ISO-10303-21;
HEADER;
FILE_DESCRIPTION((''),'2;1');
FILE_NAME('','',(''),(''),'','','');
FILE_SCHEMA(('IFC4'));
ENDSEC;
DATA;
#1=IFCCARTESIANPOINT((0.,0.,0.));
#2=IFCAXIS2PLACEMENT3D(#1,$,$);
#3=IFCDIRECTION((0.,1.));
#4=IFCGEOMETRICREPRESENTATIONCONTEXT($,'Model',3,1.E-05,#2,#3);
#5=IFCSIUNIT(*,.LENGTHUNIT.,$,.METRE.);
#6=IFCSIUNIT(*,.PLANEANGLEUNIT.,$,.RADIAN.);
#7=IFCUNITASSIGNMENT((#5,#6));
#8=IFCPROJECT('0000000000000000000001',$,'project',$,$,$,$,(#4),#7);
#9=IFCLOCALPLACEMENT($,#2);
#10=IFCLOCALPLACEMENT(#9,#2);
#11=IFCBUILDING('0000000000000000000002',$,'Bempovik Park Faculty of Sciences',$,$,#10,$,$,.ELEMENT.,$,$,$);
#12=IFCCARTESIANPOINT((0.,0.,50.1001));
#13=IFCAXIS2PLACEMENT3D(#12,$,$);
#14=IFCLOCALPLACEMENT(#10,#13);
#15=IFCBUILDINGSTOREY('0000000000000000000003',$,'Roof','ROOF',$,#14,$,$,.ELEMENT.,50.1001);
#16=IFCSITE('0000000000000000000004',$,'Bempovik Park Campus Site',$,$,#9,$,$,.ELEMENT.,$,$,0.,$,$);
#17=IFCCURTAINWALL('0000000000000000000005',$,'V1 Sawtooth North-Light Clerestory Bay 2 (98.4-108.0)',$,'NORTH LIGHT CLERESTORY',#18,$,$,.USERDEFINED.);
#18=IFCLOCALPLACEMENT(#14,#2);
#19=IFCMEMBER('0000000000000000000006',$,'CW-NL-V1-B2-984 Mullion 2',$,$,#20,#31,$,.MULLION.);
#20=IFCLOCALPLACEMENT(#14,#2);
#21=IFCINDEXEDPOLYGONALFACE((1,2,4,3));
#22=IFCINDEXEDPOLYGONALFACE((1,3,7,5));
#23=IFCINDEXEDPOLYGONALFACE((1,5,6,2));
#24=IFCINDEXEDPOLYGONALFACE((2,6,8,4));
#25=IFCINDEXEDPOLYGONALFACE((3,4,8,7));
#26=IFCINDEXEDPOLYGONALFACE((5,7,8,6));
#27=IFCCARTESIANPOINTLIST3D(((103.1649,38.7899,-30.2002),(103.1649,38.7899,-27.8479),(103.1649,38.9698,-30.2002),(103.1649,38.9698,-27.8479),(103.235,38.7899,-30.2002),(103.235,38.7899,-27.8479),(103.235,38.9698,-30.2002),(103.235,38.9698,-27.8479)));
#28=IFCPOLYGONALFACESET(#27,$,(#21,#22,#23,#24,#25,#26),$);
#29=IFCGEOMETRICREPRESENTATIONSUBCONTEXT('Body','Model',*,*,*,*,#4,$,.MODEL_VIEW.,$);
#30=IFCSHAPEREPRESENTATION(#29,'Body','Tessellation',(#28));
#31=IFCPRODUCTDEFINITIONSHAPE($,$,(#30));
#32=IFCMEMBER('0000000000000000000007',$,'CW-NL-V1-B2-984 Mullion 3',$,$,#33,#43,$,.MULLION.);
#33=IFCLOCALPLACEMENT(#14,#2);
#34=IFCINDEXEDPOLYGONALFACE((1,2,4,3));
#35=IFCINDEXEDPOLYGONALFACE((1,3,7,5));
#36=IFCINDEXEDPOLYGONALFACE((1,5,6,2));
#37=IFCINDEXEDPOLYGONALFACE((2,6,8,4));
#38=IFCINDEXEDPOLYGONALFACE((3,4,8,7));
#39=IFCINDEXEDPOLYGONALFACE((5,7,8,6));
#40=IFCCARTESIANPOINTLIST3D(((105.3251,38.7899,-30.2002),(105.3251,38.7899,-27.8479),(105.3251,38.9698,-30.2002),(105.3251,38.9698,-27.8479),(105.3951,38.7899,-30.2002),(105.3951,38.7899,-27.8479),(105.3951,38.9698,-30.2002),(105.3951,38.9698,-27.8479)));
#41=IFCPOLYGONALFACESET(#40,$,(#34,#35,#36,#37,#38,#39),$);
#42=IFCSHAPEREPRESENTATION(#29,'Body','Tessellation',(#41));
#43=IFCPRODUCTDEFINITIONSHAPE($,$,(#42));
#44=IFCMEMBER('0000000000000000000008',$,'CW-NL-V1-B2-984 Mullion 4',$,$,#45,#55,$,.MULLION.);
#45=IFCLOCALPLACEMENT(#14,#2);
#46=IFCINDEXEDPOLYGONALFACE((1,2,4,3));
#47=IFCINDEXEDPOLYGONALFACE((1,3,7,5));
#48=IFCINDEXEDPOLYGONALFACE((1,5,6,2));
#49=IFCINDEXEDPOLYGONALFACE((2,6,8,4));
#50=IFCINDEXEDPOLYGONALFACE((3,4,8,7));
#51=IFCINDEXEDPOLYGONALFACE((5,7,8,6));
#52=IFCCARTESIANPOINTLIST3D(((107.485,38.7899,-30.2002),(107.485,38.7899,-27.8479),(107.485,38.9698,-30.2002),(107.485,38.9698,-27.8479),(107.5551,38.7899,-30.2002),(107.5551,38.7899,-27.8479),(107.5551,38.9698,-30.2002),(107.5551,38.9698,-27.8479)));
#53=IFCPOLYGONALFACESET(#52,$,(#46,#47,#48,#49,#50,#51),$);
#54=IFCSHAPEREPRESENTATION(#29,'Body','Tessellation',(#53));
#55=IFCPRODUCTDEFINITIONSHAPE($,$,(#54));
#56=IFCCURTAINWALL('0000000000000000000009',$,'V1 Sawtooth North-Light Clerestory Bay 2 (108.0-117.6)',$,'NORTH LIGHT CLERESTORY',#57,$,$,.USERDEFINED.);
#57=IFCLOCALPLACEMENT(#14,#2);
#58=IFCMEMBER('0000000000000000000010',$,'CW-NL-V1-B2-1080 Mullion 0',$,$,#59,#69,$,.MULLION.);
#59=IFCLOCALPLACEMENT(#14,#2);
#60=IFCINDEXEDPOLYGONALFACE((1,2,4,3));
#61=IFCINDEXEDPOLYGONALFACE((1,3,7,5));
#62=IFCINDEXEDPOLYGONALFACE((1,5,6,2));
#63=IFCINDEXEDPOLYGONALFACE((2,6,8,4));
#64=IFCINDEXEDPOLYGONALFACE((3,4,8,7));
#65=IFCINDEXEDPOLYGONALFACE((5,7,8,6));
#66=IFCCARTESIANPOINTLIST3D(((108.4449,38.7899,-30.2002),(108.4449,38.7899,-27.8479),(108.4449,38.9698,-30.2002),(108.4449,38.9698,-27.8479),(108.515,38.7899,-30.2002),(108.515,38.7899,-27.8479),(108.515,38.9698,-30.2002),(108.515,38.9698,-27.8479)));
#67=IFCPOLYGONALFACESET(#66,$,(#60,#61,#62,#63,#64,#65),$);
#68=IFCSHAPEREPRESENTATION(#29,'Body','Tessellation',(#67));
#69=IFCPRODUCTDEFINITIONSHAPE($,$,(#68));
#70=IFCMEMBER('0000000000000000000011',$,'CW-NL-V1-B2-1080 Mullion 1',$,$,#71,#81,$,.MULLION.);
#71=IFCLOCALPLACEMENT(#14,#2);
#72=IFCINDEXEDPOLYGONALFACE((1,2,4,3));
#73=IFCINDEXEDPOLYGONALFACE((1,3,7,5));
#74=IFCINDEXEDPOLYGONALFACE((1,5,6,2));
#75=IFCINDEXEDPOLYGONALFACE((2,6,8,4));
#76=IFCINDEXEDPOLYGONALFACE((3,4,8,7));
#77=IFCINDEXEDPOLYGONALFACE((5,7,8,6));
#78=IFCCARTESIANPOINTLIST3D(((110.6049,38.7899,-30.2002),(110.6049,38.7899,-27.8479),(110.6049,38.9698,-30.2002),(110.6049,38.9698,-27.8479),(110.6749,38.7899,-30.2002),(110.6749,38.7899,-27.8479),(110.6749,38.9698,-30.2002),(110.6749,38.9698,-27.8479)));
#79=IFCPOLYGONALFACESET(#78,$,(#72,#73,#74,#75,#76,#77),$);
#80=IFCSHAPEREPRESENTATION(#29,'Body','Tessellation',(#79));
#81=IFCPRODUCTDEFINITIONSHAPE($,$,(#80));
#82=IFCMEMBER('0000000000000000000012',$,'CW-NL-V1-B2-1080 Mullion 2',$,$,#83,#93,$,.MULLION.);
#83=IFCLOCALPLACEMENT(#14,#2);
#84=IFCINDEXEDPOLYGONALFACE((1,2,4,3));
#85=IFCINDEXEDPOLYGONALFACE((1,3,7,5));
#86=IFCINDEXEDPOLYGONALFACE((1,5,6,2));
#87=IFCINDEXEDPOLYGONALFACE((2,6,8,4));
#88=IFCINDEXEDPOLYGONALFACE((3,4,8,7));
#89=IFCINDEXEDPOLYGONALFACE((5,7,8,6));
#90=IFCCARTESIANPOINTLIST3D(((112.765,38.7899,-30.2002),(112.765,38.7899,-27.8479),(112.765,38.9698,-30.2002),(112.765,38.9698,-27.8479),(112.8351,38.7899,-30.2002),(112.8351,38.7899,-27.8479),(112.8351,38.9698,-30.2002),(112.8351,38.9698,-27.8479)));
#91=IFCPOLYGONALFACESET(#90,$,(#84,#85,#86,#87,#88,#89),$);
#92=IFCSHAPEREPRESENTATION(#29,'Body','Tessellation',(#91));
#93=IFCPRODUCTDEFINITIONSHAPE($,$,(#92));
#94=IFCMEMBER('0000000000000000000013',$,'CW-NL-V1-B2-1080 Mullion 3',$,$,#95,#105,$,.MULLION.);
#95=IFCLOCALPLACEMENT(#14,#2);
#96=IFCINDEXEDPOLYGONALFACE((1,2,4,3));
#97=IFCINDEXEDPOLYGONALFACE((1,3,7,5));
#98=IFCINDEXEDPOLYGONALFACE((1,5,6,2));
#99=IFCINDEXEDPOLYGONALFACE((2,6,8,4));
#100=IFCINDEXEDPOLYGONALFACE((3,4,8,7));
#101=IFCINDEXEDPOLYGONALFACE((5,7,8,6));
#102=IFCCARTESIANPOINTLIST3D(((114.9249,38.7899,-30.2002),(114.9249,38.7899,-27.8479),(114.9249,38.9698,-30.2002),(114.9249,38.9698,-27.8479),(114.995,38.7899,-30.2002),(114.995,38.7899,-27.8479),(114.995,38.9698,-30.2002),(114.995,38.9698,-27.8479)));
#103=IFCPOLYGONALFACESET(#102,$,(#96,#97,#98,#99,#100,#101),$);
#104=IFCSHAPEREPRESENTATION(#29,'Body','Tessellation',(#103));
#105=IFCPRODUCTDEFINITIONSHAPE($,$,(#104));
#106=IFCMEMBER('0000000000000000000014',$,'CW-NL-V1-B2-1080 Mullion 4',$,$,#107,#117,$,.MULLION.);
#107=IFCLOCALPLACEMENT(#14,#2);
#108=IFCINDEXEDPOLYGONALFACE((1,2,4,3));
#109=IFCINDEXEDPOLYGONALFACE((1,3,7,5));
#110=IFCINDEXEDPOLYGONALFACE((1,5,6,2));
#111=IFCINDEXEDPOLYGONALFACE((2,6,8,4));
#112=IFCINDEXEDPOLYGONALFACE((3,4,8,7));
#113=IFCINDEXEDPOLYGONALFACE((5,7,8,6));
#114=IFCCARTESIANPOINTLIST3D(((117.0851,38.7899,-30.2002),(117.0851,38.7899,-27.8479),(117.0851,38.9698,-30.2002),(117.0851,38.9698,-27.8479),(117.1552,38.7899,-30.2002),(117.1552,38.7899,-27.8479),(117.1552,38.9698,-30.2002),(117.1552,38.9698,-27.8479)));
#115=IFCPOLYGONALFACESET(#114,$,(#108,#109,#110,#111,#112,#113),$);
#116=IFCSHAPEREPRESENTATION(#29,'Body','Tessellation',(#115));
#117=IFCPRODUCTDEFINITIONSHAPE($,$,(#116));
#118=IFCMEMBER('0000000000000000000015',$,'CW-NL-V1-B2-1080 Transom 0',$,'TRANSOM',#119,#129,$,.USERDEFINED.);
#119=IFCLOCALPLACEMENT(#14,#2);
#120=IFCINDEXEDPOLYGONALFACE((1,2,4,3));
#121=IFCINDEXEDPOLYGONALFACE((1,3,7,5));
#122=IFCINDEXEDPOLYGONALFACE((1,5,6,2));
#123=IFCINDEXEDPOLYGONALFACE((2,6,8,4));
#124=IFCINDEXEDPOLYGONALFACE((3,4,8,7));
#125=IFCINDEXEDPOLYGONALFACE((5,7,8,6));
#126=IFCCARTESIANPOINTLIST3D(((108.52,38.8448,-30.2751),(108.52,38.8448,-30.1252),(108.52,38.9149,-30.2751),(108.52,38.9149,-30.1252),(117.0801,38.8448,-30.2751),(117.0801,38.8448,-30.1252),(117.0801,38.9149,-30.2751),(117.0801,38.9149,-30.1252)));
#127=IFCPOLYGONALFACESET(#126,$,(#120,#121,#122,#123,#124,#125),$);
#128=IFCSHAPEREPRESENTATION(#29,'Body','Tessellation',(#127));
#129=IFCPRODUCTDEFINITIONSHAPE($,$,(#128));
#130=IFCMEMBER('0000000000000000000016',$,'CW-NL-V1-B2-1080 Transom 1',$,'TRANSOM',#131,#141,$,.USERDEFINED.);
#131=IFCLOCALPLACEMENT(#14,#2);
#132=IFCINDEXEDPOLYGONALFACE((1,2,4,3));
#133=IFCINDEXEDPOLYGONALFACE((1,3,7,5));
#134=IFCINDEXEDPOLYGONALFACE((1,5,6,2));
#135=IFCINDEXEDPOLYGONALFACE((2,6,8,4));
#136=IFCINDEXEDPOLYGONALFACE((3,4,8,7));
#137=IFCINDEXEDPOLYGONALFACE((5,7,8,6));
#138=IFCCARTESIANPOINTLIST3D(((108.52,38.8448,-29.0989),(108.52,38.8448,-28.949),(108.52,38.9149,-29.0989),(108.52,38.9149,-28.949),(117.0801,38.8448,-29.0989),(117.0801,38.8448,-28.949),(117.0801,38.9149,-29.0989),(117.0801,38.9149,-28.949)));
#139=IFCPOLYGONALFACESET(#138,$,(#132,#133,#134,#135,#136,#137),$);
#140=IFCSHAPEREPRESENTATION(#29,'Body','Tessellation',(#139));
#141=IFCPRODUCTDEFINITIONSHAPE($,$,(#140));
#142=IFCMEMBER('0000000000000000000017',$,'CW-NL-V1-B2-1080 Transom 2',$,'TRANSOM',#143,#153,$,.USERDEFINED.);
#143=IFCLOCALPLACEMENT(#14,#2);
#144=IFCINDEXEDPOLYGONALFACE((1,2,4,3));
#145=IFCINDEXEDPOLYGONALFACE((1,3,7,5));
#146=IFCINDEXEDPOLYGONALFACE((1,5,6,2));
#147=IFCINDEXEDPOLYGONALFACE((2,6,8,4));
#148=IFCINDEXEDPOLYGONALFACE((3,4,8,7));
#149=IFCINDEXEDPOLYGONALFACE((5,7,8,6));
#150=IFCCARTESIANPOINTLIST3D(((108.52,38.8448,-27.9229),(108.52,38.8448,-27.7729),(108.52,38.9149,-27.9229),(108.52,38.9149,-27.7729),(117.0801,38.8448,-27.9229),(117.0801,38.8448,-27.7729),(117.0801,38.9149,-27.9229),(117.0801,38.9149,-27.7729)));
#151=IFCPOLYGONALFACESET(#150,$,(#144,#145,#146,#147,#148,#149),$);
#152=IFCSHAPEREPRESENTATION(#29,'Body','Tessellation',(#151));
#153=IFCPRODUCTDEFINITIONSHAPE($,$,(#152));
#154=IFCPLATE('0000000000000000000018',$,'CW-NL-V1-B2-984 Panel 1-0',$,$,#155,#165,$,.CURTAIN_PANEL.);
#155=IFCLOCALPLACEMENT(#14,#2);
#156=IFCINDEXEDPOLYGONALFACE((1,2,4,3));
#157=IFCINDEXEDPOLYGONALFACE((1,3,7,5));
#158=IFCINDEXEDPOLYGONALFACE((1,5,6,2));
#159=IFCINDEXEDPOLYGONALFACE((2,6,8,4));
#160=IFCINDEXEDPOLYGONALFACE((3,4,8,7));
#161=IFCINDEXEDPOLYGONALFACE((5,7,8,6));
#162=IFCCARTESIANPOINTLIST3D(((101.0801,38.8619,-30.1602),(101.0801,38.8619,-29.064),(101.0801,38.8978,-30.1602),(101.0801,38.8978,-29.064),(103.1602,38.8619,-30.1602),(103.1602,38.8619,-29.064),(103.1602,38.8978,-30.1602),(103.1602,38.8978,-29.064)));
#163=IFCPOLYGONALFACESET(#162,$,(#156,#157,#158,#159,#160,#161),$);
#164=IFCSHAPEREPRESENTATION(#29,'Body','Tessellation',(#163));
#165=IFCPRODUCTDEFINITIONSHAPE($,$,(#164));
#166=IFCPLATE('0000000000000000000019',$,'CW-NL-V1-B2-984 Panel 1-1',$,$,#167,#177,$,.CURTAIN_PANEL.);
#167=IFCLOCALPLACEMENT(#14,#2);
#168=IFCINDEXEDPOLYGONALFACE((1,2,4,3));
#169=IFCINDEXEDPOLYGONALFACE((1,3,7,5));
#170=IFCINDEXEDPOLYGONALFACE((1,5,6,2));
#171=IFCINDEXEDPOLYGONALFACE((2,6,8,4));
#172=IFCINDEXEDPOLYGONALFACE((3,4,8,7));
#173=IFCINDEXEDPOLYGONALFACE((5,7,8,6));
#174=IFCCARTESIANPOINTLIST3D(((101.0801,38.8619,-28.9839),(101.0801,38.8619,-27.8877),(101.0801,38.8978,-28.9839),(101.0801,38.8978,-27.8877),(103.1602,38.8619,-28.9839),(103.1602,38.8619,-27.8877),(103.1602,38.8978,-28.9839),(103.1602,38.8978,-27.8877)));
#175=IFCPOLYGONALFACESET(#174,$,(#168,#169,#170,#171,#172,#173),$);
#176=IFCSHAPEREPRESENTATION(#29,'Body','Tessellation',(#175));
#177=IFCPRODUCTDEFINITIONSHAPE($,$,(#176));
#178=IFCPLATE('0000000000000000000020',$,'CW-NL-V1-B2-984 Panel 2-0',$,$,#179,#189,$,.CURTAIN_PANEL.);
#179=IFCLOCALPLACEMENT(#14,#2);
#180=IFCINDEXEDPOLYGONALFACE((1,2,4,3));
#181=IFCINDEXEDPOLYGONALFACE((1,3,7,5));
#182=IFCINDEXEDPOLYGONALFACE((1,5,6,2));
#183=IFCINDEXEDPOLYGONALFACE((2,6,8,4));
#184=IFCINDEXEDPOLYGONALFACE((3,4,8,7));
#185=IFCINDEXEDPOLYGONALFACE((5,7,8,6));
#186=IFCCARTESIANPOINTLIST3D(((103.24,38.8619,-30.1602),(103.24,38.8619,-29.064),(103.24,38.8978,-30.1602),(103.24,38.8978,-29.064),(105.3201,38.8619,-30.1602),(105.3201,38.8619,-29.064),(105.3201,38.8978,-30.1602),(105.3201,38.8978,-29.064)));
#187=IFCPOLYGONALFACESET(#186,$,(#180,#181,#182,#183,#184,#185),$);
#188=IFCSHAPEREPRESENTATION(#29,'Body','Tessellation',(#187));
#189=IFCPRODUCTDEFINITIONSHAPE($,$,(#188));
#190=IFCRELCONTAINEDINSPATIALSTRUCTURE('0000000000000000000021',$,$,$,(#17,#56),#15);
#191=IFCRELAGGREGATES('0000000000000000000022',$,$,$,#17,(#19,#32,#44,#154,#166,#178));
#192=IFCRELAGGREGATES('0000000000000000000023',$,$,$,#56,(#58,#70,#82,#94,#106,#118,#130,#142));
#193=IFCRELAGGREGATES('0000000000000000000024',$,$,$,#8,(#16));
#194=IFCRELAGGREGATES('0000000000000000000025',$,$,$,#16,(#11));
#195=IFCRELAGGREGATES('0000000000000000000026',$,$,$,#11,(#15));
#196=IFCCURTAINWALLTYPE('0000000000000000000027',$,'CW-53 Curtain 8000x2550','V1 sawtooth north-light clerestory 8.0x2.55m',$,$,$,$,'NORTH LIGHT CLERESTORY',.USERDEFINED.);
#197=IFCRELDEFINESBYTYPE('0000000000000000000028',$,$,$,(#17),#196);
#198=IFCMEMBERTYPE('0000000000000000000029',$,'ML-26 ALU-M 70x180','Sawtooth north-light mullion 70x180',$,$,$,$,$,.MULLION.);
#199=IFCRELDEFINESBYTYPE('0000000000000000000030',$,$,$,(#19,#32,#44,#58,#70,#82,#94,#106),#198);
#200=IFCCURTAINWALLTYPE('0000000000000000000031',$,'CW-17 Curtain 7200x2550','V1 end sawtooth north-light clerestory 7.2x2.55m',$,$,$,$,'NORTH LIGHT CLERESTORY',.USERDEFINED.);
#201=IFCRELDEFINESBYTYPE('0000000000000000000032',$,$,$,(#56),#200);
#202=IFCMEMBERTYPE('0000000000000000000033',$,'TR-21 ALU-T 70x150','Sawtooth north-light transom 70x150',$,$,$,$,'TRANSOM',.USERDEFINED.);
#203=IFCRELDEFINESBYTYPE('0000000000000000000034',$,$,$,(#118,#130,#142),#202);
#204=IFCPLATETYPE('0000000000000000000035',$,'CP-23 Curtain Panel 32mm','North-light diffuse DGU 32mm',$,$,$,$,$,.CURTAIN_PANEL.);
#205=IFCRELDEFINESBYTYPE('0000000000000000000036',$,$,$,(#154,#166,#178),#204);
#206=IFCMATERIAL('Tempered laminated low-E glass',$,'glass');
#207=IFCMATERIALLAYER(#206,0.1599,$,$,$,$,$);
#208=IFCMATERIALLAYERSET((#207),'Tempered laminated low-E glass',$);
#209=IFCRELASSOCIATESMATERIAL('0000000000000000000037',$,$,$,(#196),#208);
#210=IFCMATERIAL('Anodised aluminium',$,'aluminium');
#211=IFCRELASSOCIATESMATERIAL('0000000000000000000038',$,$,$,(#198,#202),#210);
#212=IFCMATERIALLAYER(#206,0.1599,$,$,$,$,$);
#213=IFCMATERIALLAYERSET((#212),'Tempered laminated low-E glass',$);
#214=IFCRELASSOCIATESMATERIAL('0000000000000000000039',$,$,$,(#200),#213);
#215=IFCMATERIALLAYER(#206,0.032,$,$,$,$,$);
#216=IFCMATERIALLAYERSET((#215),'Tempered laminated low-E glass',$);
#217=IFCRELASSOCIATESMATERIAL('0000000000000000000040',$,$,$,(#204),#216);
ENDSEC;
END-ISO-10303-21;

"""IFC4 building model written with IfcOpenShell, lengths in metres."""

from ifc_helpers import new_model, si_unit, direction, frame, origin, origin_2d, place, context, subcontext, project, spatial, rectangle, extrude, material, layer, layer_set, material_profile, profile_set, type_object, element, aggregate, save


model = new_model("IFC4")

# Units and contexts
model_context = context("Model", 3, precision=1e-05, world=origin(), true_north=direction((0.0, 1.0)))
body_context = subcontext(model_context, "Body", "Model", "MODEL_VIEW")
ifc_project = project(units=[si_unit("LENGTHUNIT", "METRE"), si_unit("PLANEANGLEUNIT", "RADIAN")], contexts=[model_context])

# Site, building, storey
site_placement = place(None, origin())
site = spatial("IfcSite", under=ifc_project, at=site_placement, Name="Bempovik Park Campus Site", CompositionType="ELEMENT", RefElevation=0.0)
building_placement = place(site_placement, origin())
building = spatial("IfcBuilding", under=site, at=building_placement, Name="Bempovik Park Faculty of Sciences", CompositionType="ELEMENT")
storey_placement = place(building_placement, frame((0.0, 0.0, 50.1001)))
storey = spatial("IfcBuildingStorey", under=building, at=storey_placement, Name="Roof", Description="ROOF", CompositionType="ELEMENT", Elevation=50.1001)

# Curtain walls, members
ifc_material_1 = material(Name="Tempered laminated low-E glass", Category="glass")
ifc_layer_1 = layer(ifc_material_1, 0.1599)
ifc_layer_set_1 = layer_set([ifc_layer_1], Name="Tempered laminated low-E glass")
curtain_wall_type_1 = type_object("IfcCurtainWallType", Name="CW-53 Curtain 8000x2550", Description="V1 sawtooth north-light clerestory 8.0x2.55m", ElementType="NORTH LIGHT CLERESTORY", PredefinedType="USERDEFINED", material=ifc_layer_set_1)
curtain_wall_1_placement = place(storey_placement, origin())
curtain_wall_1 = element("IfcCurtainWall", 1, at=curtain_wall_1_placement, inside=storey, type_object=curtain_wall_type_1, Name="V1 Sawtooth North-Light Clerestory Bay 2 (98.4-108.0)", ObjectType="NORTH LIGHT CLERESTORY", PredefinedType="USERDEFINED")
ifc_material_2 = material(Name="Anodised aluminium", Category="aluminium")
ifc_material_profile_1 = material_profile(ifc_material_2, rectangle(XDim=0.0701, YDim=0.1799, at=origin_2d()), Name="ALU-M 70x180")
ifc_profile_set_1 = profile_set([ifc_material_profile_1], Name="Anodised aluminium")
member_type_1 = type_object("IfcMemberType", Name="ML-26 ALU-M 70x180", Description="Sawtooth north-light mullion 70x180", PredefinedType="MULLION", material=ifc_profile_set_1)
member_1_placement = place(storey_placement, frame((103.2, 38.8799, -30.2002), z_axis=(0.0, 0.0, 1.0), x_axis=(1.0, 0.0, 0.0)))
member_1 = element("IfcMember", 2, at=member_1_placement, type_object=member_type_1, Name="CW-NL-V1-B2-984 Mullion 2", PredefinedType="MULLION", context=body_context, shape_type="SweptSolid", body=[
    extrude(rectangle(XDim=0.0701, YDim=0.1799, at=origin_2d()), origin(), (0.0, 0.0, 1.0), 2.3523),
])
member_2_placement = place(storey_placement, frame((105.3601, 38.8799, -30.2002), z_axis=(0.0, 0.0, 1.0), x_axis=(1.0, 0.0, 0.0)))
member_2 = element("IfcMember", 3, at=member_2_placement, type_object=member_type_1, Name="CW-NL-V1-B2-984 Mullion 3", PredefinedType="MULLION", context=body_context, shape_type="SweptSolid", body=[
    extrude(rectangle(XDim=0.0701, YDim=0.1799, at=origin_2d()), origin(), (0.0, 0.0, 1.0), 2.3523),
])
member_3_placement = place(storey_placement, frame((107.52, 38.8799, -30.2002), z_axis=(0.0, 0.0, 1.0), x_axis=(1.0, 0.0, 0.0)))
member_3 = element("IfcMember", 4, at=member_3_placement, type_object=member_type_1, Name="CW-NL-V1-B2-984 Mullion 4", PredefinedType="MULLION", context=body_context, shape_type="SweptSolid", body=[
    extrude(rectangle(XDim=0.0701, YDim=0.1799, at=origin_2d()), origin(), (0.0, 0.0, 1.0), 2.3523),
])
ifc_layer_2 = layer(ifc_material_1, 0.1599)
ifc_layer_set_2 = layer_set([ifc_layer_2], Name="Tempered laminated low-E glass")
curtain_wall_type_2 = type_object("IfcCurtainWallType", Name="CW-17 Curtain 7200x2550", Description="V1 end sawtooth north-light clerestory 7.2x2.55m", ElementType="NORTH LIGHT CLERESTORY", PredefinedType="USERDEFINED", material=ifc_layer_set_2)
curtain_wall_2_placement = place(storey_placement, origin())
curtain_wall_2 = element("IfcCurtainWall", 5, at=curtain_wall_2_placement, inside=storey, type_object=curtain_wall_type_2, Name="V1 Sawtooth North-Light Clerestory Bay 2 (108.0-117.6)", ObjectType="NORTH LIGHT CLERESTORY", PredefinedType="USERDEFINED")
member_4_placement = place(storey_placement, frame((108.48, 38.8799, -30.2002), z_axis=(0.0, 0.0, 1.0), x_axis=(1.0, 0.0, 0.0)))
member_4 = element("IfcMember", 6, at=member_4_placement, type_object=member_type_1, Name="CW-NL-V1-B2-1080 Mullion 0", PredefinedType="MULLION", context=body_context, shape_type="SweptSolid", body=[
    extrude(rectangle(XDim=0.0701, YDim=0.1799, at=origin_2d()), origin(), (0.0, 0.0, 1.0), 2.3523),
])
member_5_placement = place(storey_placement, frame((110.6399, 38.8799, -30.2002), z_axis=(0.0, 0.0, 1.0), x_axis=(1.0, 0.0, 0.0)))
member_5 = element("IfcMember", 7, at=member_5_placement, type_object=member_type_1, Name="CW-NL-V1-B2-1080 Mullion 1", PredefinedType="MULLION", context=body_context, shape_type="SweptSolid", body=[
    extrude(rectangle(XDim=0.0701, YDim=0.1799, at=origin_2d()), origin(), (0.0, 0.0, 1.0), 2.3523),
])
member_6_placement = place(storey_placement, frame((112.8, 38.8799, -30.2002), z_axis=(0.0, 0.0, 1.0), x_axis=(1.0, 0.0, 0.0)))
member_6 = element("IfcMember", 8, at=member_6_placement, type_object=member_type_1, Name="CW-NL-V1-B2-1080 Mullion 2", PredefinedType="MULLION", context=body_context, shape_type="SweptSolid", body=[
    extrude(rectangle(XDim=0.0701, YDim=0.1799, at=origin_2d()), origin(), (0.0, 0.0, 1.0), 2.3523),
])
member_7_placement = place(storey_placement, frame((114.96, 38.8799, -30.2002), z_axis=(0.0, 0.0, 1.0), x_axis=(1.0, 0.0, 0.0)))
member_7 = element("IfcMember", 9, at=member_7_placement, type_object=member_type_1, Name="CW-NL-V1-B2-1080 Mullion 3", PredefinedType="MULLION", context=body_context, shape_type="SweptSolid", body=[
    extrude(rectangle(XDim=0.0701, YDim=0.1799, at=origin_2d()), origin(), (0.0, 0.0, 1.0), 2.3523),
])
member_8_placement = place(storey_placement, frame((117.1201, 38.8799, -30.2002), z_axis=(0.0, 0.0, 1.0), x_axis=(1.0, 0.0, 0.0)))
member_8 = element("IfcMember", 10, at=member_8_placement, type_object=member_type_1, Name="CW-NL-V1-B2-1080 Mullion 4", PredefinedType="MULLION", context=body_context, shape_type="SweptSolid", body=[
    extrude(rectangle(XDim=0.0701, YDim=0.1799, at=origin_2d()), origin(), (0.0, 0.0, 1.0), 2.3523),
])
ifc_material_profile_2 = material_profile(ifc_material_2, rectangle(XDim=0.0701, YDim=0.1499, at=origin_2d()), Name="ALU-T 70x150")
ifc_profile_set_2 = profile_set([ifc_material_profile_2], Name="Anodised aluminium")
member_type_2 = type_object("IfcMemberType", Name="TR-21 ALU-T 70x150", Description="Sawtooth north-light transom 70x150", ElementType="TRANSOM", PredefinedType="USERDEFINED", material=ifc_profile_set_2)
member_9_placement = place(storey_placement, frame((108.52, 38.8799, -30.2002), z_axis=(1.0, 0.0, 0.0), x_axis=(0.0, 1.0, 0.0)))
member_9 = element("IfcMember", 11, at=member_9_placement, type_object=member_type_2, Name="CW-NL-V1-B2-1080 Transom 0", ObjectType="TRANSOM", PredefinedType="USERDEFINED", context=body_context, shape_type="SweptSolid", body=[
    extrude(rectangle(XDim=0.0701, YDim=0.1499, at=origin_2d()), origin(), (0.0, 0.0, 1.0), 8.5601),
])
member_10_placement = place(storey_placement, frame((108.52, 38.8799, -29.0239), z_axis=(1.0, 0.0, 0.0), x_axis=(0.0, 1.0, 0.0)))
member_10 = element("IfcMember", 12, at=member_10_placement, type_object=member_type_2, Name="CW-NL-V1-B2-1080 Transom 1", ObjectType="TRANSOM", PredefinedType="USERDEFINED", context=body_context, shape_type="SweptSolid", body=[
    extrude(rectangle(XDim=0.0701, YDim=0.1499, at=origin_2d()), origin(), (0.0, 0.0, 1.0), 8.5601),
])
member_11_placement = place(storey_placement, frame((108.52, 38.8799, -27.8479), z_axis=(1.0, 0.0, 0.0), x_axis=(0.0, 1.0, 0.0)))
member_11 = element("IfcMember", 13, at=member_11_placement, type_object=member_type_2, Name="CW-NL-V1-B2-1080 Transom 2", ObjectType="TRANSOM", PredefinedType="USERDEFINED", context=body_context, shape_type="SweptSolid", body=[
    extrude(rectangle(XDim=0.0701, YDim=0.1499, at=origin_2d()), origin(), (0.0, 0.0, 1.0), 8.5601),
])

# Plates
ifc_layer_3 = layer(ifc_material_1, 0.032)
ifc_layer_set_3 = layer_set([ifc_layer_3], Name="Tempered laminated low-E glass")
plate_type = type_object("IfcPlateType", Name="CP-23 Curtain Panel 32mm", Description="North-light diffuse DGU 32mm", PredefinedType="CURTAIN_PANEL", material=ifc_layer_set_3)
plate_1_placement = place(storey_placement, frame((102.1201, 38.8799, -30.1602), z_axis=(0.0, 0.0, 1.0), x_axis=(1.0, 0.0, 0.0)))
plate_1 = element("IfcPlate", 14, at=plate_1_placement, type_object=plate_type, Name="CW-NL-V1-B2-984 Panel 1-0", PredefinedType="CURTAIN_PANEL", context=body_context, shape_type="SweptSolid", body=[
    extrude(rectangle(XDim=2.0801, YDim=0.0359, at=origin_2d()), origin(), (0.0, 0.0, 1.0), 1.0962),
])
plate_2_placement = place(storey_placement, frame((102.1201, 38.8799, -28.9839), z_axis=(0.0, 0.0, 1.0), x_axis=(1.0, 0.0, 0.0)))
plate_2 = element("IfcPlate", 15, at=plate_2_placement, type_object=plate_type, Name="CW-NL-V1-B2-984 Panel 1-1", PredefinedType="CURTAIN_PANEL", context=body_context, shape_type="SweptSolid", body=[
    extrude(rectangle(XDim=2.0801, YDim=0.0359, at=origin_2d()), origin(), (0.0, 0.0, 1.0), 1.0962),
])
plate_3_placement = place(storey_placement, frame((104.28, 38.8799, -30.1602), z_axis=(0.0, 0.0, 1.0), x_axis=(1.0, 0.0, 0.0)))
plate_3 = element("IfcPlate", 16, at=plate_3_placement, type_object=plate_type, Name="CW-NL-V1-B2-984 Panel 2-0", PredefinedType="CURTAIN_PANEL", context=body_context, shape_type="SweptSolid", body=[
    extrude(rectangle(XDim=2.0801, YDim=0.0359, at=origin_2d()), origin(), (0.0, 0.0, 1.0), 1.0962),
])
aggregate(curtain_wall_1, [member_1, member_2, member_3, plate_1, plate_2, plate_3])
aggregate(curtain_wall_2, [member_4, member_5, member_6, member_7, member_8, member_9, member_10, member_11])

save(model, "model.ifc")
